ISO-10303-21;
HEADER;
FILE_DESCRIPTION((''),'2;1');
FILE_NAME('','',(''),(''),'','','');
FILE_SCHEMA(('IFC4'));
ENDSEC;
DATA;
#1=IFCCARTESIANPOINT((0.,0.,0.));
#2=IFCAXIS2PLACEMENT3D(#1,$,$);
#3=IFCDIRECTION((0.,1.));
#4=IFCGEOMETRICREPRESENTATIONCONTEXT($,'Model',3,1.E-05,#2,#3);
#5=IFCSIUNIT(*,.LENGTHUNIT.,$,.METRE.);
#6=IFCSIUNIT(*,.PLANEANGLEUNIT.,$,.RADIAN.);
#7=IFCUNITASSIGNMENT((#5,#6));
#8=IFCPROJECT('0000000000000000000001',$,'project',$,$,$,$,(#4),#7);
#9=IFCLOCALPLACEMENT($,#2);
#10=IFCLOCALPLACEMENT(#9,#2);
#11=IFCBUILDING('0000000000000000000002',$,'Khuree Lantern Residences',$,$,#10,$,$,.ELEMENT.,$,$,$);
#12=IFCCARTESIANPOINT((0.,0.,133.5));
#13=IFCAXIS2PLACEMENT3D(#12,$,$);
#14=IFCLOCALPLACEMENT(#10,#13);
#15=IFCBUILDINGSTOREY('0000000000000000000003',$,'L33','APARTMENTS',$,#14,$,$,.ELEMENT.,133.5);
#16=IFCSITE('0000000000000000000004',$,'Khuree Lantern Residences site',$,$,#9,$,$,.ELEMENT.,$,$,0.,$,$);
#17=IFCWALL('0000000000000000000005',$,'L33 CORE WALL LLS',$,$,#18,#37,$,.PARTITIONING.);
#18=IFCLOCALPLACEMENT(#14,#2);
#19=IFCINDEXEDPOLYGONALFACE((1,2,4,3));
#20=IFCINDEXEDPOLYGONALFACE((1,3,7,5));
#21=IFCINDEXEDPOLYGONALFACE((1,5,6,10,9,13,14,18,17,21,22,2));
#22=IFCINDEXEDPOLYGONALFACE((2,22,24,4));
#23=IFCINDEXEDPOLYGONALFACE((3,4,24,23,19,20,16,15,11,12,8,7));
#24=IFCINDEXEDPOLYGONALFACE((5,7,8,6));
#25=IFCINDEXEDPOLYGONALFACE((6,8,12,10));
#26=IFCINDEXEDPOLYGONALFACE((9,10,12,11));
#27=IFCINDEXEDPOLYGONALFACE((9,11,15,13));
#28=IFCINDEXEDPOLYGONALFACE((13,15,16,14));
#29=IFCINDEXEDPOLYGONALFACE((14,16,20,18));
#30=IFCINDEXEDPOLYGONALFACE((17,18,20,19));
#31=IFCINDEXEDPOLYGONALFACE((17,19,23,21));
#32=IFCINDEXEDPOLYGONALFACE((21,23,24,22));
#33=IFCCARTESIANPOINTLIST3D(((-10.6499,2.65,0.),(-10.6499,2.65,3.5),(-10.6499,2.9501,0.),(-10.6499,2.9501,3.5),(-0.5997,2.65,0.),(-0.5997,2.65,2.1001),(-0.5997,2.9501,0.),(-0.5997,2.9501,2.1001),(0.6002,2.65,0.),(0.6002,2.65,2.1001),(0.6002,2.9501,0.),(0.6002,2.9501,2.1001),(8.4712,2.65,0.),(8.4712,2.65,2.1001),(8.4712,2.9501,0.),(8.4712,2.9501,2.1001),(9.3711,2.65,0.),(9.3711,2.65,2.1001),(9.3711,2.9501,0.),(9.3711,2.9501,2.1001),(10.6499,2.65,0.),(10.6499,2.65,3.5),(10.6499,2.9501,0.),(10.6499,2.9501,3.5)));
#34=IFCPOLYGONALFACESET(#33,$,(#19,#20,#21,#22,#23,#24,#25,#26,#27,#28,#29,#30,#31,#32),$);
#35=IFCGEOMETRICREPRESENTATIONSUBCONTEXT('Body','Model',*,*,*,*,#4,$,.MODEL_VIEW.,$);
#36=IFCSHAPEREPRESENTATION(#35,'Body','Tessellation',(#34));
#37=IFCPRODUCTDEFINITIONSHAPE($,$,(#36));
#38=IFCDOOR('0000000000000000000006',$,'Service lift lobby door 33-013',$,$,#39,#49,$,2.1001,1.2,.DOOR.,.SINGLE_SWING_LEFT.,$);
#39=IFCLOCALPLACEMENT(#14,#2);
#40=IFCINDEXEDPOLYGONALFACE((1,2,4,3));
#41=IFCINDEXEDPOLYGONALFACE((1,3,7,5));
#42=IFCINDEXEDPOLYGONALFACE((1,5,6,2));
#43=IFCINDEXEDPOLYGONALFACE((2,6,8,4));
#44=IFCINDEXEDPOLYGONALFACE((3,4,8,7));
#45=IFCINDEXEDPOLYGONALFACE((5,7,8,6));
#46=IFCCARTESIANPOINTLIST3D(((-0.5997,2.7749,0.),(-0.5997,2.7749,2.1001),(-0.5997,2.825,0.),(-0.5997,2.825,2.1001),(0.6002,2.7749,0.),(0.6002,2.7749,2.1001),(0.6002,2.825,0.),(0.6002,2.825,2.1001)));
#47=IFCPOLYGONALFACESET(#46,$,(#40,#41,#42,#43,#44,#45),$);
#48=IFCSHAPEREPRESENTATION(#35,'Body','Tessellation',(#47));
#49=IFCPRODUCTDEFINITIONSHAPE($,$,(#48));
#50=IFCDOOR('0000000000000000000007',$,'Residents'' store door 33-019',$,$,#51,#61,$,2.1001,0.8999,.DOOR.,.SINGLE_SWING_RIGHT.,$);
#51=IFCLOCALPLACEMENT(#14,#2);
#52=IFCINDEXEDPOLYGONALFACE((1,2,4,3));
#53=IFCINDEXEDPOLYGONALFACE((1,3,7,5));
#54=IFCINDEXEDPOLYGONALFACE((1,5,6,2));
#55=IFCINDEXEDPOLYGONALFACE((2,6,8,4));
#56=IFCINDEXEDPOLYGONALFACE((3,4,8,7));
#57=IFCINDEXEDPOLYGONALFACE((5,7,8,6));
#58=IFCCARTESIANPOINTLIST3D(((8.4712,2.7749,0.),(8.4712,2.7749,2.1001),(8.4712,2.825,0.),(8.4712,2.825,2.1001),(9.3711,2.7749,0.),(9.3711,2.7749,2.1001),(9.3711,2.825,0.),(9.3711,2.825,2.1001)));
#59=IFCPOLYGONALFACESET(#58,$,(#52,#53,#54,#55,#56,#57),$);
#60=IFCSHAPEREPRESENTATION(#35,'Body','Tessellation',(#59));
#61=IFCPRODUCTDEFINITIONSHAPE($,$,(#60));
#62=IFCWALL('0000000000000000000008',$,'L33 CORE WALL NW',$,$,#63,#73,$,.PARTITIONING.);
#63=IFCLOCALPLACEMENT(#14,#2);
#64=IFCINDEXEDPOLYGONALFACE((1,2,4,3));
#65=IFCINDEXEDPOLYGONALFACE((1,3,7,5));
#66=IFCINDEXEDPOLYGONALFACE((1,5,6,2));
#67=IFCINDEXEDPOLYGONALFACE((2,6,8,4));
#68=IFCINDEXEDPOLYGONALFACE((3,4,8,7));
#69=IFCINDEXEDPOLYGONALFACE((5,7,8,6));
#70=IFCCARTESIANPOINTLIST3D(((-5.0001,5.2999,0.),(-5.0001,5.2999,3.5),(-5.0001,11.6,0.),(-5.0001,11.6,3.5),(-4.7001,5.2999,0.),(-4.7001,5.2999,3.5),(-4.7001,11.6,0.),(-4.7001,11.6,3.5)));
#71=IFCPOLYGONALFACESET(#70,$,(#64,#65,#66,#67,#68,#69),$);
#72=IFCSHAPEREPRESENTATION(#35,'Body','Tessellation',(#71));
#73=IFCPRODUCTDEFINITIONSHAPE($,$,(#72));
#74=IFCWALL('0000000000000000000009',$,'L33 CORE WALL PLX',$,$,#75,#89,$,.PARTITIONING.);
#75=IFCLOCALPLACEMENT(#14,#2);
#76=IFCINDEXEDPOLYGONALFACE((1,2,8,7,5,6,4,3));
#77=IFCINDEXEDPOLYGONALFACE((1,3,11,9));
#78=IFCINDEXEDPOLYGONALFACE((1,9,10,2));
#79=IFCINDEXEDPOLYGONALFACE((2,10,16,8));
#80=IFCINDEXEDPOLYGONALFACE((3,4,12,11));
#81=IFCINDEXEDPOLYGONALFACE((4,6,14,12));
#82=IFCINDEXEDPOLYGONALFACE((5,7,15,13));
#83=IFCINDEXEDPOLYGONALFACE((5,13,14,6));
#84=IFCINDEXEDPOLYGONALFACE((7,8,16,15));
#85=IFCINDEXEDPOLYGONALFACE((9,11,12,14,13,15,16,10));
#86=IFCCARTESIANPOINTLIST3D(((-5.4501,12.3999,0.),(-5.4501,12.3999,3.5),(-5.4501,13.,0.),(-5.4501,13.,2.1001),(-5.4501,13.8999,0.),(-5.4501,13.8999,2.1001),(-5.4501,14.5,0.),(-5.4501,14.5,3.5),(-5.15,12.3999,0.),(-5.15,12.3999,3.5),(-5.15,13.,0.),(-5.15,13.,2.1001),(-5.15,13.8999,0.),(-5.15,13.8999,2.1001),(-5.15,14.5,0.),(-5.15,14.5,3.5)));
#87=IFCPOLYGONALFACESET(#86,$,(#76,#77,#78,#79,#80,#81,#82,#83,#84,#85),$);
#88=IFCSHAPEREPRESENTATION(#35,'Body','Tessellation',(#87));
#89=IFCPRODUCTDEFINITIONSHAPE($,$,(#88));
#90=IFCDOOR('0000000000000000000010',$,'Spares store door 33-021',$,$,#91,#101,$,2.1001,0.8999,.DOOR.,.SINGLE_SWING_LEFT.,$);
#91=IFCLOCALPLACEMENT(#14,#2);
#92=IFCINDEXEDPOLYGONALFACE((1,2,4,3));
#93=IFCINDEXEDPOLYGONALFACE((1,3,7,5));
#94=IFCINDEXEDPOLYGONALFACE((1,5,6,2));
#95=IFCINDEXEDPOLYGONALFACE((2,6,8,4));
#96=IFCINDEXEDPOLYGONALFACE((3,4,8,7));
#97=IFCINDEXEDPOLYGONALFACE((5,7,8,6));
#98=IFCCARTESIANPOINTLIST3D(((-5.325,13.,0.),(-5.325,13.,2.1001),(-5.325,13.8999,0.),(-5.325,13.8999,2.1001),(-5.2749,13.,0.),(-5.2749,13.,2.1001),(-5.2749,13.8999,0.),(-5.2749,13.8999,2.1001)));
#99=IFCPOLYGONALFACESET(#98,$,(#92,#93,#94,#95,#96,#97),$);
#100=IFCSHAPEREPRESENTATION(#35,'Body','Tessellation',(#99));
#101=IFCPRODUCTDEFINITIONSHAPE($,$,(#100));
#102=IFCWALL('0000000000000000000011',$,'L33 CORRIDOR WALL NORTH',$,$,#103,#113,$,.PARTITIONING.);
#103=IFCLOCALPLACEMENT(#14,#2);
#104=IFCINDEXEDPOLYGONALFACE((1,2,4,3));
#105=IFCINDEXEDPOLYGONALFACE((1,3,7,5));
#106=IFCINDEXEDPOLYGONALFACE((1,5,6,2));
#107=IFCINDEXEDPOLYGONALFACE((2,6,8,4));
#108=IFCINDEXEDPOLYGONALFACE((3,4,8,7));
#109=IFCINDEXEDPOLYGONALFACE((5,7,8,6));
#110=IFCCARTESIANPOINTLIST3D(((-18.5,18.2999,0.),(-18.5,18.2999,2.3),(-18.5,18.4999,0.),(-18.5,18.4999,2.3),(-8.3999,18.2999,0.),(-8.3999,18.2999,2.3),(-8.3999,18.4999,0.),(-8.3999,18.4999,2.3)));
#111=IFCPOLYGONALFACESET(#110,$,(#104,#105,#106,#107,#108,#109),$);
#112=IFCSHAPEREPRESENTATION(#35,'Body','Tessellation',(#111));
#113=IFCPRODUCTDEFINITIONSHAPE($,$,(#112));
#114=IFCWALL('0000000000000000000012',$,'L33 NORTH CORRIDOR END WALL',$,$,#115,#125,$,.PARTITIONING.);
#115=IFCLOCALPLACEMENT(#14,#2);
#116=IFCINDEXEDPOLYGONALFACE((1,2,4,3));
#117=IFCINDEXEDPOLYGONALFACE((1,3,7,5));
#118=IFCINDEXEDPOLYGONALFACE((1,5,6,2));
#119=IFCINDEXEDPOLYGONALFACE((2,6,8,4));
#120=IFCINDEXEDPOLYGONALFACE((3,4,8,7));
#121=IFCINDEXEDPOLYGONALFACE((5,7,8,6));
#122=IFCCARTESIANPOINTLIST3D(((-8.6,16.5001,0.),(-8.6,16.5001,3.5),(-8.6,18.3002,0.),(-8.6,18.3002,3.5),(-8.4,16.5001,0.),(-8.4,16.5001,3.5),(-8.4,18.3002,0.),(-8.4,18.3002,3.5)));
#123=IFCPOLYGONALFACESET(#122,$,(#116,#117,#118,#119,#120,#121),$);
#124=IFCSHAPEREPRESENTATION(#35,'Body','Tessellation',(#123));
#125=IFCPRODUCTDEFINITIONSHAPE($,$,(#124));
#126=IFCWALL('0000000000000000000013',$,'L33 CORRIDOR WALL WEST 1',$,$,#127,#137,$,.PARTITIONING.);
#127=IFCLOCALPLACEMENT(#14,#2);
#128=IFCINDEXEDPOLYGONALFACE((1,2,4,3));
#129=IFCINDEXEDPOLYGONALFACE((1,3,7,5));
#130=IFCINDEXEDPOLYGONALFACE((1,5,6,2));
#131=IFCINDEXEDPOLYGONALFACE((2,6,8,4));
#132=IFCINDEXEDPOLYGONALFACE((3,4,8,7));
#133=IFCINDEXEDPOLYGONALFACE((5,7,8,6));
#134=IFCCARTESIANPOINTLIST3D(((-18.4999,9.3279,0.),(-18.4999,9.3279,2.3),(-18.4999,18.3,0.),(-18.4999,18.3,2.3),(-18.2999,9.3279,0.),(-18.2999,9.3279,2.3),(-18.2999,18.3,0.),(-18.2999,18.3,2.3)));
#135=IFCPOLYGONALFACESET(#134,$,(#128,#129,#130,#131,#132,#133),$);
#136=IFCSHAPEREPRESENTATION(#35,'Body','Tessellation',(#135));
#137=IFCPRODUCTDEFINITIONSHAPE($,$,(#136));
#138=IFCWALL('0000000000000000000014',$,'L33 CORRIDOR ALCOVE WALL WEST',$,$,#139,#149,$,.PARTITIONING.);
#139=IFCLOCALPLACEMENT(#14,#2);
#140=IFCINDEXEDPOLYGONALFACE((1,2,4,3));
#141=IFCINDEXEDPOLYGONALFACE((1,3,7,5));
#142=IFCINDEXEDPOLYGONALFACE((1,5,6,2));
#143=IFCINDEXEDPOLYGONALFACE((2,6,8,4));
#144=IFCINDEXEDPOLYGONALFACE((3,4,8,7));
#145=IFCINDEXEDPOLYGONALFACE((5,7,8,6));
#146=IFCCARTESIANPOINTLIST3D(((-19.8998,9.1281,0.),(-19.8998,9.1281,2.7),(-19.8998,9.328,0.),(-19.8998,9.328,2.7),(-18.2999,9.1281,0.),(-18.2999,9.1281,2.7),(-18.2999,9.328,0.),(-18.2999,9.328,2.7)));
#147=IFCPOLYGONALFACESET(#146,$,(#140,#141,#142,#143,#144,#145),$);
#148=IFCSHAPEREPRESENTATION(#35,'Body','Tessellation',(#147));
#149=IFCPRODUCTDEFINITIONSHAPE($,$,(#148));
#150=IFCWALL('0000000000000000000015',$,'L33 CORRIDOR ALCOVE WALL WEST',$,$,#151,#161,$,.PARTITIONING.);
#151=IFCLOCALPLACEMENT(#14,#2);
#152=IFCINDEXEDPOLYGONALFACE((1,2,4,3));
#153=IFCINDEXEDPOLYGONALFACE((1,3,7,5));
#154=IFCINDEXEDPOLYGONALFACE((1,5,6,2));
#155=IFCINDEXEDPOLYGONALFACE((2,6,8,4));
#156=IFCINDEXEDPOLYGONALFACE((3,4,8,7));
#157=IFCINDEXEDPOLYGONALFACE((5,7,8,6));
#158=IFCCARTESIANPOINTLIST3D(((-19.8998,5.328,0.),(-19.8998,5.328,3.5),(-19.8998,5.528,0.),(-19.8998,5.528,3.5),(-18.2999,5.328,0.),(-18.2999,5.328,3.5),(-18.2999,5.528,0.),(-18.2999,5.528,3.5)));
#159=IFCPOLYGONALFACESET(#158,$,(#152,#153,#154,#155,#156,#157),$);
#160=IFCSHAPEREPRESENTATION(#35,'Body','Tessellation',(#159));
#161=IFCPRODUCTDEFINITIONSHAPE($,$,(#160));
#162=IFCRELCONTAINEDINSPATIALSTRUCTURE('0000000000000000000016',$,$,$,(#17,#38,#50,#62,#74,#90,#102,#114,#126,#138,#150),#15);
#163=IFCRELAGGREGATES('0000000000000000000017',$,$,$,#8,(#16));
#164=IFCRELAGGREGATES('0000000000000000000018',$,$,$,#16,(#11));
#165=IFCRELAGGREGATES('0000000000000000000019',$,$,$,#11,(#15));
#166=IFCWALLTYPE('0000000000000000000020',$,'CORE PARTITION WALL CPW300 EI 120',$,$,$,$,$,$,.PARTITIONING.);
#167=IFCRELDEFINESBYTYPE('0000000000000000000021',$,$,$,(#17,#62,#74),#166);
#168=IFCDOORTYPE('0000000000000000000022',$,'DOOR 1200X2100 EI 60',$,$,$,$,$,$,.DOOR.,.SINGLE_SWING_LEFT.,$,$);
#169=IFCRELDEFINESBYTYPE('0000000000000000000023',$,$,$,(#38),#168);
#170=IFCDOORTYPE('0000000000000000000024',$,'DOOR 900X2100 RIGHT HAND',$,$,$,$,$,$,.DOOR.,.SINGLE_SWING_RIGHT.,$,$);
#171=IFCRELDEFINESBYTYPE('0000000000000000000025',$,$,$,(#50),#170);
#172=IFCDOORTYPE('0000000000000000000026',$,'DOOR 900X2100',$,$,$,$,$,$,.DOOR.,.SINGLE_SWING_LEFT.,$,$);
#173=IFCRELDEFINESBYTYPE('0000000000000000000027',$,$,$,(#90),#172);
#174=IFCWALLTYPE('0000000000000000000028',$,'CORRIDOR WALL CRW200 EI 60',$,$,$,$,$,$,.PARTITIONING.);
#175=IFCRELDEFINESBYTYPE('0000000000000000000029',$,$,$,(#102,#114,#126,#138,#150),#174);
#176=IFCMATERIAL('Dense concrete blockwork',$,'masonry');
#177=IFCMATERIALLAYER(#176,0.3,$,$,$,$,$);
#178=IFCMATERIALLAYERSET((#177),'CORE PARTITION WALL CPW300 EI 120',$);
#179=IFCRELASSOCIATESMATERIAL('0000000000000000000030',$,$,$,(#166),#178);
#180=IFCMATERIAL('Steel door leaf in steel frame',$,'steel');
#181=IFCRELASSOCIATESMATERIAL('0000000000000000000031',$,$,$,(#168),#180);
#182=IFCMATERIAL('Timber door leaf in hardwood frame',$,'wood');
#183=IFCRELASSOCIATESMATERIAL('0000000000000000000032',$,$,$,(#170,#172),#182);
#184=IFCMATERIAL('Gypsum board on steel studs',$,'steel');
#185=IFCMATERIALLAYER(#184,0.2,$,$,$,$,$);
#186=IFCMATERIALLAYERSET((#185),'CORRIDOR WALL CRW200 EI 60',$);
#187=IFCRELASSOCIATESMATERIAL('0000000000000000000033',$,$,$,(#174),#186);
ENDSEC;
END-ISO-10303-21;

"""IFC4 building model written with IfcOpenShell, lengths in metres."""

from ifc_helpers import new_model, si_unit, direction, frame, frame_2d, origin, place, context, subcontext, project, spatial, rectangle, extrude, material, layer, layer_set, type_object, element, fill, save


model = new_model("IFC4")

# Units and contexts
model_context = context("Model", 3, precision=1e-05, world=origin(), true_north=direction((0.0, 1.0)))
body_context = subcontext(model_context, "Body", "Model", "MODEL_VIEW")
ifc_project = project(units=[si_unit("LENGTHUNIT", "METRE"), si_unit("PLANEANGLEUNIT", "RADIAN")], contexts=[model_context])

# Site, building, storey
site_placement = place(None, origin())
site = spatial("IfcSite", under=ifc_project, at=site_placement, Name="Khuree Lantern Residences site", CompositionType="ELEMENT", RefElevation=0.0)
building_placement = place(site_placement, origin())
building = spatial("IfcBuilding", under=site, at=building_placement, Name="Khuree Lantern Residences", CompositionType="ELEMENT")
storey_placement = place(building_placement, frame((0.0, 0.0, 133.5)))
storey = spatial("IfcBuildingStorey", under=building, at=storey_placement, Name="L33", Description="APARTMENTS", CompositionType="ELEMENT", Elevation=133.5)

# Shared definitions
ifc_material_1 = material(Name="Dense concrete blockwork", Category="masonry")
ifc_layer_1 = layer(ifc_material_1, 0.3)
ifc_layer_set_1 = layer_set([ifc_layer_1], Name="CORE PARTITION WALL CPW300 EI 120")
wall_type_1 = type_object("IfcWallType", Name="CORE PARTITION WALL CPW300 EI 120", PredefinedType="PARTITIONING", material=ifc_layer_set_1)

# Wall, openings, doors
wall_1_placement = place(storey_placement, frame((-10.6499, 2.8, 0.0), z_axis=(0.0, 0.0, 1.0), x_axis=(1.0, 0.0, 0.0)))
wall_1 = element("IfcWall", 1, at=wall_1_placement, inside=storey, type_object=wall_type_1, Name="L33 CORE WALL LLS", PredefinedType="PARTITIONING", context=body_context, shape_type="SweptSolid", body=[
    extrude(rectangle(XDim=21.2998, YDim=0.3, at=frame_2d((10.6499, 0.0))), origin(), (0.0, 0.0, 1.0), 3.5),
])
opening_1_placement = place(wall_1_placement, frame((10.05, 0.0, 0.0)))
opening_1 = element("IfcOpeningElement", 2, at=opening_1_placement, cuts=wall_1, PredefinedType="OPENING", context=body_context, shape_type="SweptSolid", body=[
    extrude(rectangle(XDim=1.2, YDim=2.1001, at=frame_2d((0.6001, 1.05))), frame((0.0, 0.1602, 0.0), z_axis=(0.0, -1.0, 0.0), x_axis=(1.0, 0.0, 0.0)), (0.0, 0.0, 1.0), 0.3201),
])
opening_2_placement = place(wall_1_placement, frame((19.1211, 0.0, 0.0)))
opening_2 = element("IfcOpeningElement", 3, at=opening_2_placement, cuts=wall_1, PredefinedType="OPENING", context=body_context, shape_type="SweptSolid", body=[
    extrude(rectangle(XDim=0.8999, YDim=2.1001, at=frame_2d((0.45, 1.05))), frame((0.0, 0.1602, 0.0), z_axis=(0.0, -1.0, 0.0), x_axis=(1.0, 0.0, 0.0)), (0.0, 0.0, 1.0), 0.3201),
])
ifc_material_2 = material(Name="Steel door leaf in steel frame", Category="steel")
door_type_1 = type_object("IfcDoorType", Name="DOOR 1200X2100 EI 60", OperationType="SINGLE_SWING_LEFT", PredefinedType="DOOR", material=ifc_material_2)
door_1_placement = place(opening_1_placement, origin())
door_1 = element("IfcDoor", 4, at=door_1_placement, inside=storey, type_object=door_type_1, Name="Service lift lobby door 33-013", OperationType="SINGLE_SWING_LEFT", OverallHeight=2.1001, OverallWidth=1.2, PredefinedType="DOOR", context=body_context, shape_type="SweptSolid", body=[
    extrude(rectangle(XDim=1.2, YDim=2.1001, at=frame_2d((0.6001, 1.05))), frame((0.0, 0.0249, 0.0), z_axis=(0.0, -1.0, 0.0), x_axis=(1.0, 0.0, 0.0)), (0.0, 0.0, 1.0), 0.05),
])
fill(opening_1, door_1)
ifc_material_3 = material(Name="Timber door leaf in hardwood frame", Category="wood")
door_type_2 = type_object("IfcDoorType", Name="DOOR 900X2100 RIGHT HAND", OperationType="SINGLE_SWING_RIGHT", PredefinedType="DOOR", material=ifc_material_3)
door_2_placement = place(opening_2_placement, origin())
door_2 = element("IfcDoor", 5, at=door_2_placement, inside=storey, type_object=door_type_2, Name="Residents' store door 33-019", OperationType="SINGLE_SWING_RIGHT", OverallHeight=2.1001, OverallWidth=0.8999, PredefinedType="DOOR", context=body_context, shape_type="SweptSolid", body=[
    extrude(rectangle(XDim=0.8999, YDim=2.1001, at=frame_2d((0.45, 1.05))), frame((0.0, 0.0249, 0.0), z_axis=(0.0, -1.0, 0.0), x_axis=(1.0, 0.0, 0.0)), (0.0, 0.0, 1.0), 0.05),
])
fill(opening_2, door_2)

# Wall
wall_2_placement = place(storey_placement, frame((-4.8501, 5.3, 0.0), z_axis=(0.0, 0.0, 1.0), x_axis=(0.0, 1.0, 0.0)))
element("IfcWall", 6, at=wall_2_placement, inside=storey, type_object=wall_type_1, Name="L33 CORE WALL NW", PredefinedType="PARTITIONING", context=body_context, shape_type="SweptSolid", body=[
    extrude(rectangle(XDim=6.3, YDim=0.3, at=frame_2d((3.1499, 0.0))), origin(), (0.0, 0.0, 1.0), 3.5),
])

# Wall, opening, door
wall_3_placement = place(storey_placement, frame((-5.3, 12.3999, 0.0), z_axis=(0.0, 0.0, 1.0), x_axis=(0.0, 1.0, 0.0)))
wall_3 = element("IfcWall", 7, at=wall_3_placement, inside=storey, type_object=wall_type_1, Name="L33 CORE WALL PLX", PredefinedType="PARTITIONING", context=body_context, shape_type="SweptSolid", body=[
    extrude(rectangle(XDim=2.1001, YDim=0.3, at=frame_2d((1.05, 0.0))), origin(), (0.0, 0.0, 1.0), 3.5),
])
opening_3_placement = place(wall_3_placement, frame((0.6001, 0.0, 0.0)))
opening_3 = element("IfcOpeningElement", 8, at=opening_3_placement, cuts=wall_3, PredefinedType="OPENING", context=body_context, shape_type="SweptSolid", body=[
    extrude(rectangle(XDim=0.8999, YDim=2.1001, at=frame_2d((0.45, 1.05))), frame((0.0, 0.1602, 0.0), z_axis=(0.0, -1.0, 0.0), x_axis=(1.0, 0.0, 0.0)), (0.0, 0.0, 1.0), 0.3201),
])
door_type_3 = type_object("IfcDoorType", Name="DOOR 900X2100", OperationType="SINGLE_SWING_LEFT", PredefinedType="DOOR", material=ifc_material_3)
door_3_placement = place(opening_3_placement, origin())
door_3 = element("IfcDoor", 9, at=door_3_placement, inside=storey, type_object=door_type_3, Name="Spares store door 33-021", OperationType="SINGLE_SWING_LEFT", OverallHeight=2.1001, OverallWidth=0.8999, PredefinedType="DOOR", context=body_context, shape_type="SweptSolid", body=[
    extrude(rectangle(XDim=0.8999, YDim=2.1001, at=frame_2d((0.45, 1.05))), frame((0.0, 0.0249, 0.0), z_axis=(0.0, -1.0, 0.0), x_axis=(1.0, 0.0, 0.0)), (0.0, 0.0, 1.0), 0.05),
])
fill(opening_3, door_3)

# Walls
ifc_material_4 = material(Name="Gypsum board on steel studs", Category="steel")
ifc_layer_2 = layer(ifc_material_4, 0.2)
ifc_layer_set_2 = layer_set([ifc_layer_2], Name="CORRIDOR WALL CRW200 EI 60")
wall_type_2 = type_object("IfcWallType", Name="CORRIDOR WALL CRW200 EI 60", PredefinedType="PARTITIONING", material=ifc_layer_set_2)
wall_4_placement = place(storey_placement, frame((-18.5, 18.3999, 0.0), z_axis=(0.0, 0.0, 1.0), x_axis=(1.0, 0.0, 0.0)))
element("IfcWall", 10, at=wall_4_placement, inside=storey, type_object=wall_type_2, Name="L33 CORRIDOR WALL NORTH", PredefinedType="PARTITIONING", context=body_context, shape_type="SweptSolid", body=[
    extrude(rectangle(XDim=10.1001, YDim=0.2, at=frame_2d((5.05, 0.0))), origin(), (0.0, 0.0, 1.0), 2.3),
])
wall_5_placement = place(storey_placement, frame((-8.5, 18.3, 0.0), z_axis=(0.0, 0.0, 1.0), x_axis=(0.0, -1.0, 0.0)))
element("IfcWall", 11, at=wall_5_placement, inside=storey, type_object=wall_type_2, Name="L33 NORTH CORRIDOR END WALL", PredefinedType="PARTITIONING", context=body_context, shape_type="SweptSolid", body=[
    extrude(rectangle(XDim=1.8, YDim=0.2, at=frame_2d((0.8999, 0.0))), origin(), (0.0, 0.0, 1.0), 3.5),
])
wall_6_placement = place(storey_placement, frame((-18.3999, 18.3, 0.0), z_axis=(0.0, 0.0, 1.0), x_axis=(0.0, -1.0, 0.0)))
element("IfcWall", 12, at=wall_6_placement, inside=storey, type_object=wall_type_2, Name="L33 CORRIDOR WALL WEST 1", PredefinedType="PARTITIONING", context=body_context, shape_type="SweptSolid", body=[
    extrude(rectangle(XDim=8.9722, YDim=0.2, at=frame_2d((4.4861, 0.0))), origin(), (0.0, 0.0, 1.0), 2.3),
])
wall_7_placement = place(storey_placement, frame((-18.3, 9.228, 0.0), z_axis=(0.0, 0.0, 1.0), x_axis=(-1.0, 0.0, 0.0)))
element("IfcWall", 13, at=wall_7_placement, inside=storey, type_object=wall_type_2, Name="L33 CORRIDOR ALCOVE WALL WEST", PredefinedType="PARTITIONING", context=body_context, shape_type="SweptSolid", body=[
    extrude(rectangle(XDim=1.5999, YDim=0.2, at=frame_2d((0.7998, 0.0))), origin(), (0.0, 0.0, 1.0), 2.7),
])
wall_8_placement = place(storey_placement, frame((-18.3, 5.428, 0.0), z_axis=(0.0, 0.0, 1.0), x_axis=(-1.0, 0.0, 0.0)))
element("IfcWall", 14, at=wall_8_placement, inside=storey, type_object=wall_type_2, Name="L33 CORRIDOR ALCOVE WALL WEST", PredefinedType="PARTITIONING", context=body_context, shape_type="SweptSolid", body=[
    extrude(rectangle(XDim=1.5999, YDim=0.2, at=frame_2d((0.7998, 0.0))), origin(), (0.0, 0.0, 1.0), 3.5),
])

save(model, "model.ifc")
